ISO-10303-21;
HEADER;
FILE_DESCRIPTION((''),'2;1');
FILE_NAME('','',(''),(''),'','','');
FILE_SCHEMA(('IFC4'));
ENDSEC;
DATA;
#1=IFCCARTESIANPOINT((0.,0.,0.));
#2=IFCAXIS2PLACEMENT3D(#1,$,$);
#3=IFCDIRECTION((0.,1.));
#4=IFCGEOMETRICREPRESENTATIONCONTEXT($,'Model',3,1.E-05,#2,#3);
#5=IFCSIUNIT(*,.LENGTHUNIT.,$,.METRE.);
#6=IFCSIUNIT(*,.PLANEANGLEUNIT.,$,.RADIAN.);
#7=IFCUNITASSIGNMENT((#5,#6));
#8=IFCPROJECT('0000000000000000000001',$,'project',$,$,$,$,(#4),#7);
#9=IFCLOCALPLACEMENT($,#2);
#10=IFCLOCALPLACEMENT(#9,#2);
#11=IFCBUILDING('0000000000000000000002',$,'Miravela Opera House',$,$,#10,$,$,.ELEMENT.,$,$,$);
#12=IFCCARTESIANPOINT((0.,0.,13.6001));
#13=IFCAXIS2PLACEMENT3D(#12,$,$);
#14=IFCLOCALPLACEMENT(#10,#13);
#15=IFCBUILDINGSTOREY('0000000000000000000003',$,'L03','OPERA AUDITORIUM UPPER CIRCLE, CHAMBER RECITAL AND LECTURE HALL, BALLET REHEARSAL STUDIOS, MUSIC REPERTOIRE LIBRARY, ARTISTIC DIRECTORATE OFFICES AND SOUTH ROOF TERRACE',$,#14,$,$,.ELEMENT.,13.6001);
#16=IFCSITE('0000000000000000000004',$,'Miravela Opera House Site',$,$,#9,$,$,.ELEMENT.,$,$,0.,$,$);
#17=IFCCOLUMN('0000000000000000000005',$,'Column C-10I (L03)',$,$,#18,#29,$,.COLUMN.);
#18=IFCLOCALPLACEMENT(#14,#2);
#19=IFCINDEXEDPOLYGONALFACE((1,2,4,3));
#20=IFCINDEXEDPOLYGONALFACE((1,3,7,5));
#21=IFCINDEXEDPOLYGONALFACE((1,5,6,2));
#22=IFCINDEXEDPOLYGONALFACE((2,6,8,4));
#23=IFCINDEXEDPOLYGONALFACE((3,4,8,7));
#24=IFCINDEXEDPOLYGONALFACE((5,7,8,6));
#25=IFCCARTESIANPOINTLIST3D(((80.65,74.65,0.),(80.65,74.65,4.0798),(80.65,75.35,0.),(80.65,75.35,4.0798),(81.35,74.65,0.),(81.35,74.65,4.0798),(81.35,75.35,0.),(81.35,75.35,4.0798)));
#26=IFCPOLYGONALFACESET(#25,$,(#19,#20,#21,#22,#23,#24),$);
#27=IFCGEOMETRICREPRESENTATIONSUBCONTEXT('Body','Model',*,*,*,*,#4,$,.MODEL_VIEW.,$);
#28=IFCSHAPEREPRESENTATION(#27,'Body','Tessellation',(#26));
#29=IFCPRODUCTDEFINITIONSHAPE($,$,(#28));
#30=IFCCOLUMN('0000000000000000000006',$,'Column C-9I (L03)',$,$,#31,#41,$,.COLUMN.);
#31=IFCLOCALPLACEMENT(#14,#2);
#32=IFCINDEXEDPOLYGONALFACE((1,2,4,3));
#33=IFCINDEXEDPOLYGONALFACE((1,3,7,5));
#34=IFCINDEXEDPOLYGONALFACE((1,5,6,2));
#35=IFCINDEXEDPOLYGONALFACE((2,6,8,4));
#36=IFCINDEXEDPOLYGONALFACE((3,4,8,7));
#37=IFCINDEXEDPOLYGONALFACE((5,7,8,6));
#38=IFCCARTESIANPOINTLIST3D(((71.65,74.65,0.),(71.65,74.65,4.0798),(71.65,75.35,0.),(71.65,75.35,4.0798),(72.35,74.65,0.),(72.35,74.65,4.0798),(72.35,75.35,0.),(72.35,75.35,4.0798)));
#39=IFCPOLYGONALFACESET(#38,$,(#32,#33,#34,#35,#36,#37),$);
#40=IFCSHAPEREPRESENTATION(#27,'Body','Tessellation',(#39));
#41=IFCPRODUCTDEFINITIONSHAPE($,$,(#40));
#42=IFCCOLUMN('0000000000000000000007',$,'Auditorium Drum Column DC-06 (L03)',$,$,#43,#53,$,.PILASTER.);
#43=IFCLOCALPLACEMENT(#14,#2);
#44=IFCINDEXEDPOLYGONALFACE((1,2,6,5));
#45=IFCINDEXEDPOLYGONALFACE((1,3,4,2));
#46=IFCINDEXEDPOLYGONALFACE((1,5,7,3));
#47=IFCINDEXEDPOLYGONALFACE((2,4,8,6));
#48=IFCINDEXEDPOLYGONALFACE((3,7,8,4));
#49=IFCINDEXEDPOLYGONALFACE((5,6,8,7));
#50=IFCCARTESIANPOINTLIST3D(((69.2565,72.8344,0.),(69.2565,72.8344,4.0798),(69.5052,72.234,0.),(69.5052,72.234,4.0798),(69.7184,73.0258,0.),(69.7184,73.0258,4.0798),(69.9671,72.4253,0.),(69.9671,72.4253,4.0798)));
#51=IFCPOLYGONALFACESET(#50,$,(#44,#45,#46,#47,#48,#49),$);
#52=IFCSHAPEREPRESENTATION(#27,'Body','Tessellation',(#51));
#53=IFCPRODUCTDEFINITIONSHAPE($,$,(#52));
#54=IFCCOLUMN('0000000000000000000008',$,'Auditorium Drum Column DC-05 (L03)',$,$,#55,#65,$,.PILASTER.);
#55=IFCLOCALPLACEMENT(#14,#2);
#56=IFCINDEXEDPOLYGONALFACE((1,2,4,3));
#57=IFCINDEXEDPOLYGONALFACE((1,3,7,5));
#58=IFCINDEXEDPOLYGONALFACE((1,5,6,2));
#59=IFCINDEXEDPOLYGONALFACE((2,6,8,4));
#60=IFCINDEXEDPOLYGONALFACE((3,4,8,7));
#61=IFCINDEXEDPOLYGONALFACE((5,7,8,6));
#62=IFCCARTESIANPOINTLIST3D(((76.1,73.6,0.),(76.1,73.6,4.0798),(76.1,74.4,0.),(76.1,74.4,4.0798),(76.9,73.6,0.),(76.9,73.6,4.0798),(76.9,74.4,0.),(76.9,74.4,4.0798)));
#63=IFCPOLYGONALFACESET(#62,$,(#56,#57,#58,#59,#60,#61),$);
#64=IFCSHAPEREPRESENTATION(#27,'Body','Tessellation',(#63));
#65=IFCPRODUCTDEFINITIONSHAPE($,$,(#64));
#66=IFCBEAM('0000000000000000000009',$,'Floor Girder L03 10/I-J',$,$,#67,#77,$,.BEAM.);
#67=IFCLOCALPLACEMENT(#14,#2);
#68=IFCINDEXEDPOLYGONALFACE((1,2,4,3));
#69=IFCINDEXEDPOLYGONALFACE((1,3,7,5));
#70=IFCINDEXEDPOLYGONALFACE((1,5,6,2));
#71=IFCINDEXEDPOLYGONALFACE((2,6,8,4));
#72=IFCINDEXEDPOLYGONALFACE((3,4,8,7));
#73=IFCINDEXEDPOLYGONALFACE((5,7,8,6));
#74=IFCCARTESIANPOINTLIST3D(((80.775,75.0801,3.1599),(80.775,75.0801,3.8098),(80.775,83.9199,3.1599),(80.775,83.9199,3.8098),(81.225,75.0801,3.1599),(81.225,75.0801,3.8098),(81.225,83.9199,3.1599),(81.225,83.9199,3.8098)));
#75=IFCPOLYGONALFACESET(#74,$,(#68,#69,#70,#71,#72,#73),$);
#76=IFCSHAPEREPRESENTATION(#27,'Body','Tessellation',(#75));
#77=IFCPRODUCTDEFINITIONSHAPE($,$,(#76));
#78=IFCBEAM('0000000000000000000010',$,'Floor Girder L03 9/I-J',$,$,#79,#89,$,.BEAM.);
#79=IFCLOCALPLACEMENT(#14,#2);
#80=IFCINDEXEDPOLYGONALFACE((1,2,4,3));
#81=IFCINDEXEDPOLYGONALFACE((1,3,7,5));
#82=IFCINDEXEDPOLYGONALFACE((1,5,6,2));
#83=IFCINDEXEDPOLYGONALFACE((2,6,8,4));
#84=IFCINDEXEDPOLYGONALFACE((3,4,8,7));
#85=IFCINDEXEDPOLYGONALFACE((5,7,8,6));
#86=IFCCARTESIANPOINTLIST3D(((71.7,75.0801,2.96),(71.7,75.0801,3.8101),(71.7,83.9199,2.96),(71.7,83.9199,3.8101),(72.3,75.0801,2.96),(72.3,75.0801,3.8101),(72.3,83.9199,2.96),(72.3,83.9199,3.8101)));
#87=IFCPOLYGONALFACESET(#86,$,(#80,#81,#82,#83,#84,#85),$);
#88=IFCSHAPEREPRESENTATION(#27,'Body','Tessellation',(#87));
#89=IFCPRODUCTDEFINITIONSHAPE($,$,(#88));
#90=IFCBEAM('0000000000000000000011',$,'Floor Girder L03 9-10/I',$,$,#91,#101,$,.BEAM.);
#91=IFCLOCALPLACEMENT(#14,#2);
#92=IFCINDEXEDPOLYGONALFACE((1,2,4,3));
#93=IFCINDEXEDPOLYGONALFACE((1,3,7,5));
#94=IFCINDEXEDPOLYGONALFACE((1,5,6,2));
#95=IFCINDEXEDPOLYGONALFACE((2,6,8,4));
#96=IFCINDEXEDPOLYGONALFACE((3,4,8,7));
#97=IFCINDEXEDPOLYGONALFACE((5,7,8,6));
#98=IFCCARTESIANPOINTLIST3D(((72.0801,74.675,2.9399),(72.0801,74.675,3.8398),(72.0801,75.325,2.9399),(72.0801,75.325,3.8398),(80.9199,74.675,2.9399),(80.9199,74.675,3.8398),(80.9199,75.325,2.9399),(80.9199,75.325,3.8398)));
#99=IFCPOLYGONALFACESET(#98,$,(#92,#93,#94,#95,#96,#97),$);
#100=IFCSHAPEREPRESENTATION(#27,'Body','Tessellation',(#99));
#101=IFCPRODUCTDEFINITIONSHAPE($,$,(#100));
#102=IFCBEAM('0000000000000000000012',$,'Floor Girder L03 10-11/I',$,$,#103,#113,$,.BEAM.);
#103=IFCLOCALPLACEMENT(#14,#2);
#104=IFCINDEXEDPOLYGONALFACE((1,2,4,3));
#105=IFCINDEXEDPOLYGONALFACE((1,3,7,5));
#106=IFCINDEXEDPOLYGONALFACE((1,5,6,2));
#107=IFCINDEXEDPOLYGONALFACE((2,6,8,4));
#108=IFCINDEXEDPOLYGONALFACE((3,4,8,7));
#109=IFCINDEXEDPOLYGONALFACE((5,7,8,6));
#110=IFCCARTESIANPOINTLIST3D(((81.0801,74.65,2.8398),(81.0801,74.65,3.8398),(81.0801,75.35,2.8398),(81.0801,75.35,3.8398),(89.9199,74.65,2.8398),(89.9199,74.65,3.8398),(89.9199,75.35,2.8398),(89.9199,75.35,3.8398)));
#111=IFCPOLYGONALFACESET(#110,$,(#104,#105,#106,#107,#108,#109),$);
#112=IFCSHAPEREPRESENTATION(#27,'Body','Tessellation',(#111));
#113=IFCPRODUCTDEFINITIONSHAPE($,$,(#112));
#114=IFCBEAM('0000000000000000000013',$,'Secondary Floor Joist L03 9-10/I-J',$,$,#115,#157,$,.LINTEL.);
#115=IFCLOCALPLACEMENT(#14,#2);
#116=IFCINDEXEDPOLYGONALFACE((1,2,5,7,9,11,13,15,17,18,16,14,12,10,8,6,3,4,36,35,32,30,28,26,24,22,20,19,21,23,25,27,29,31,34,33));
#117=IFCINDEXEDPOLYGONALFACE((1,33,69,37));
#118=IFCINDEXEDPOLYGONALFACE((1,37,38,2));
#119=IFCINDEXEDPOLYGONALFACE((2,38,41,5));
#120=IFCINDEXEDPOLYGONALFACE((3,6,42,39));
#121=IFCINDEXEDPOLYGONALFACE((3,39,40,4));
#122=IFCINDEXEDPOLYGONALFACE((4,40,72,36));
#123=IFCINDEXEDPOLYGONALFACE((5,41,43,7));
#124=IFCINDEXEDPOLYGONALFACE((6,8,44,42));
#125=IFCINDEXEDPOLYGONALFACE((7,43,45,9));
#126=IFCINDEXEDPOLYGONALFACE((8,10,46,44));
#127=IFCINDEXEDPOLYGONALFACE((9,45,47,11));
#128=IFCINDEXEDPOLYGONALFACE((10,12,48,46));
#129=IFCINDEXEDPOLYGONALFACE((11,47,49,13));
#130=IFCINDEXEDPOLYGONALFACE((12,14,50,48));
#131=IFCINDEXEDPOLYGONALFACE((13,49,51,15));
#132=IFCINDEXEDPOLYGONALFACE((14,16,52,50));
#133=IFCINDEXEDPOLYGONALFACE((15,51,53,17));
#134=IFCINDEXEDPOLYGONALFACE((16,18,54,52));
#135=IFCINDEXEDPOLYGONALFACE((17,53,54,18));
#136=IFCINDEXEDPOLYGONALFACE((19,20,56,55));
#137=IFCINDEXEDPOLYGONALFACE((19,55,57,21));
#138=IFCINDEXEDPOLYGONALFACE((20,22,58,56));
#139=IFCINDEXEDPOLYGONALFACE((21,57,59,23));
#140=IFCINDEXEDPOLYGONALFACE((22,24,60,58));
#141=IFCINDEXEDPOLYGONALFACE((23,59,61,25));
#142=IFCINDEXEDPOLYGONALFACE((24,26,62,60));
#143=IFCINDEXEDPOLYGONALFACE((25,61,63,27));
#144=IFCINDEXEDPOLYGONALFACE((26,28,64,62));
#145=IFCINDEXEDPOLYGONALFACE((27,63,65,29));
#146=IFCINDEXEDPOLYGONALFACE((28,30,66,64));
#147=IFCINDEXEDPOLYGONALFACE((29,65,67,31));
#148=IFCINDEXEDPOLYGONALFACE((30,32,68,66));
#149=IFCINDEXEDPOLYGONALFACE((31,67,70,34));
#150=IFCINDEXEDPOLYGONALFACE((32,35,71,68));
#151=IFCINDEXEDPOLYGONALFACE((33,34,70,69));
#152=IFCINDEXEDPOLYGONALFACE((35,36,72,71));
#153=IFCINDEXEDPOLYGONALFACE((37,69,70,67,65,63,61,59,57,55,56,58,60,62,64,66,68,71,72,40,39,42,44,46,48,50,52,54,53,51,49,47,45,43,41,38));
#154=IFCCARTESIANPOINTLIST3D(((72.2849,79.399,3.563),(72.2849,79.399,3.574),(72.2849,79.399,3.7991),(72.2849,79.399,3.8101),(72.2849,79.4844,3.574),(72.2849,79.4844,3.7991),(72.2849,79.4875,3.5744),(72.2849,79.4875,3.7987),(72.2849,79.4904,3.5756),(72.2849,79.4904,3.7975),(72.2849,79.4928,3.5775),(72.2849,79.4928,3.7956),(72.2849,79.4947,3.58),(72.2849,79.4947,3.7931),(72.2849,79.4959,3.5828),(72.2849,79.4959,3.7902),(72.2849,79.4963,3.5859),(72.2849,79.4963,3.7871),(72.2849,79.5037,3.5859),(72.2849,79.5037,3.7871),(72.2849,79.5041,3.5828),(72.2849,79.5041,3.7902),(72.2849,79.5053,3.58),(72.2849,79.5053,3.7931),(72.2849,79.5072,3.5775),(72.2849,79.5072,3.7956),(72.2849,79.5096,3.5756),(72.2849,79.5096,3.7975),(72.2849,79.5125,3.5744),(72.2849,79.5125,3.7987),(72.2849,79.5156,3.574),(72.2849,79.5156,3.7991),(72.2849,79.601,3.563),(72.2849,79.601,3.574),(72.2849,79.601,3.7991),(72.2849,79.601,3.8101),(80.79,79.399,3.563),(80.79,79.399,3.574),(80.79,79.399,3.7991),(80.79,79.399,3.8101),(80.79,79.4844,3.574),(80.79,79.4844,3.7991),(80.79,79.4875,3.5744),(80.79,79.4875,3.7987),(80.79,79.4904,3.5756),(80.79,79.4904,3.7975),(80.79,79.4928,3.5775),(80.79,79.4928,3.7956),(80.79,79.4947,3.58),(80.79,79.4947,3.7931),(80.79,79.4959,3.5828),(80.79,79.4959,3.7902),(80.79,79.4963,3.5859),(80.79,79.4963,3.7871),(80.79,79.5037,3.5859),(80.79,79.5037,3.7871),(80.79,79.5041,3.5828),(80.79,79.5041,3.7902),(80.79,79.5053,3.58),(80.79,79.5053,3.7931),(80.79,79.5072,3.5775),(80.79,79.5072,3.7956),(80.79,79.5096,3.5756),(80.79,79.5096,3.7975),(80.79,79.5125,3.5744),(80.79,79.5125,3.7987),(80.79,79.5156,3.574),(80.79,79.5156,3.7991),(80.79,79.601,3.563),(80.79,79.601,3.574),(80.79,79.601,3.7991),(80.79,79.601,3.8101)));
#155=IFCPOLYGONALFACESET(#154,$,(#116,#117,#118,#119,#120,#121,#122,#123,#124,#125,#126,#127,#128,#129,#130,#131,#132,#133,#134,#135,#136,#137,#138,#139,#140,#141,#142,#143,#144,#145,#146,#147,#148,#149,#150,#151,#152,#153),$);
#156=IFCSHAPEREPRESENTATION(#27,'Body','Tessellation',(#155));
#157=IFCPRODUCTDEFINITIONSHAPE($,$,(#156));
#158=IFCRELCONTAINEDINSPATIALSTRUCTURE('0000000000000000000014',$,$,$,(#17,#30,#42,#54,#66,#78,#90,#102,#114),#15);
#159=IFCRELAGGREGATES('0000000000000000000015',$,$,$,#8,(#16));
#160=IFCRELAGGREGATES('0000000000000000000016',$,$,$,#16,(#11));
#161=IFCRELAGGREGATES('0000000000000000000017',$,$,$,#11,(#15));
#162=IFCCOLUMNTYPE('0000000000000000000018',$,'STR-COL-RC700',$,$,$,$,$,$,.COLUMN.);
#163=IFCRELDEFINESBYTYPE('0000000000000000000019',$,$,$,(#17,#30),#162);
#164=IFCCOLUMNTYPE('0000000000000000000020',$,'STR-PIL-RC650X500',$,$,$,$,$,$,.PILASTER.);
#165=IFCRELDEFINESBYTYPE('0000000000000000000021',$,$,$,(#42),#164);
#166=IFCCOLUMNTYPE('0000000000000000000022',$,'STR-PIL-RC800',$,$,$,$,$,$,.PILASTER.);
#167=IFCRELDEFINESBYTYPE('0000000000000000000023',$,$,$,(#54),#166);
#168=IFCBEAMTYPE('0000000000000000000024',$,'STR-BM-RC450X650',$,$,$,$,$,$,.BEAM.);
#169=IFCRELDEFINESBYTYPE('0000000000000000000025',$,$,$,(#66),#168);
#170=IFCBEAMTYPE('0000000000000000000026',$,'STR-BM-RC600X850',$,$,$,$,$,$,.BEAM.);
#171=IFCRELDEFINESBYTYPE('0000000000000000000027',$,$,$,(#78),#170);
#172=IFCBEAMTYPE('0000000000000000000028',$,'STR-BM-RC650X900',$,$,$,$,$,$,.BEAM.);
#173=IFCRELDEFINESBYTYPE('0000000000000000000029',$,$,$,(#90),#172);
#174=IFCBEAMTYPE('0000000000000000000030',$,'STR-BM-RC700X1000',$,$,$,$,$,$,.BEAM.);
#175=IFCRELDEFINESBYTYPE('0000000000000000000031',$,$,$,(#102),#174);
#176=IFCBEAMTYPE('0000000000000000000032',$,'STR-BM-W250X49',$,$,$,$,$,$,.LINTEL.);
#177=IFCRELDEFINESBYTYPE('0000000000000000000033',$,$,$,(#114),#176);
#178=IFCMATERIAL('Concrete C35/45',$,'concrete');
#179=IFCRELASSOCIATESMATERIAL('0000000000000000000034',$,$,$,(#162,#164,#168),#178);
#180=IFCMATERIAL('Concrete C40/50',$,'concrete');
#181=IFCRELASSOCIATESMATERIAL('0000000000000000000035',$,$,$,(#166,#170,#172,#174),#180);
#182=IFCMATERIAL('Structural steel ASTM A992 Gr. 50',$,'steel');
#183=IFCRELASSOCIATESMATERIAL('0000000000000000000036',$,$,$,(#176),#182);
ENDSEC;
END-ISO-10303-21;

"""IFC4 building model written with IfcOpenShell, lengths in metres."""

from ifc_helpers import new_model, si_unit, direction, frame, origin, origin_2d, place, context, subcontext, project, spatial, rectangle, i_section, extrude, material, material_profile, profile_set, type_object, element, save


model = new_model("IFC4")

# Units and contexts
model_context = context("Model", 3, precision=1e-05, world=origin(), true_north=direction((0.0, 1.0)))
body_context = subcontext(model_context, "Body", "Model", "MODEL_VIEW")
ifc_project = project(units=[si_unit("LENGTHUNIT", "METRE"), si_unit("PLANEANGLEUNIT", "RADIAN")], contexts=[model_context])

# Site, building, storey
site_placement = place(None, origin())
site = spatial("IfcSite", under=ifc_project, at=site_placement, Name="Miravela Opera House Site", CompositionType="ELEMENT", RefElevation=0.0)
building_placement = place(site_placement, origin())
building = spatial("IfcBuilding", under=site, at=building_placement, Name="Miravela Opera House", CompositionType="ELEMENT")
storey_placement = place(building_placement, frame((0.0, 0.0, 13.6001)))
storey = spatial("IfcBuildingStorey", under=building, at=storey_placement, Name="L03", Description="OPERA AUDITORIUM UPPER CIRCLE, CHAMBER RECITAL AND LECTURE HALL, BALLET REHEARSAL STUDIOS, MUSIC REPERTOIRE LIBRARY, ARTISTIC DIRECTORATE OFFICES AND SOUTH ROOF TERRACE", CompositionType="ELEMENT", Elevation=13.6001)

# Columns
ifc_material_1 = material(Name="Concrete C35/45", Category="concrete")
ifc_material_profile_1 = material_profile(ifc_material_1, rectangle(XDim=0.7, YDim=0.7, at=origin_2d()), Name="RC-COL-700X700")
ifc_profile_set_1 = profile_set([ifc_material_profile_1])
column_type_1 = type_object("IfcColumnType", Name="STR-COL-RC700", PredefinedType="COLUMN", material=ifc_profile_set_1)
for number, where, z_axis, x_axis, name in (
    (1, (81.0, 75.0, 0.0), (0.0, 0.0, 1.0), (1.0, 0.0, 0.0), "Column C-10I (L03)"),
    (2, (72.0, 75.0, 0.0), (0.0, 0.0, 1.0), (1.0, 0.0, 0.0), "Column C-9I (L03)"),
):
    element("IfcColumn", number, at=place(storey_placement, frame(where, z_axis=z_axis, x_axis=x_axis)), inside=storey, type_object=column_type_1, Name=name, PredefinedType="COLUMN", context=body_context, shape_type="SweptSolid", body=[
        extrude(rectangle(XDim=0.7, YDim=0.7, at=origin_2d()), origin(), (0.0, 0.0, 1.0), 4.0798),
    ])
ifc_material_profile_2 = material_profile(ifc_material_1, rectangle(XDim=0.6499, YDim=0.5, at=origin_2d()), Name="RC-PIL-650X500")
ifc_profile_set_2 = profile_set([ifc_material_profile_2])
column_type_2 = type_object("IfcColumnType", Name="STR-PIL-RC650X500", PredefinedType="PILASTER", material=ifc_profile_set_2)
column_1_placement = place(storey_placement, frame((69.6118, 72.6299, 0.0), z_axis=(0.0, 0.0, 1.0), x_axis=(-0.382683, 0.92388, 0.0)))
element("IfcColumn", 3, at=column_1_placement, inside=storey, type_object=column_type_2, Name="Auditorium Drum Column DC-06 (L03)", PredefinedType="PILASTER", context=body_context, shape_type="SweptSolid", body=[
    extrude(rectangle(XDim=0.6499, YDim=0.5, at=origin_2d()), origin(), (0.0, 0.0, 1.0), 4.0798),
])
ifc_material_2 = material(Name="Concrete C40/50", Category="concrete")
ifc_material_profile_3 = material_profile(ifc_material_2, rectangle(XDim=0.8, YDim=0.8, at=origin_2d()), Name="RC-COL-800X800")
ifc_profile_set_3 = profile_set([ifc_material_profile_3])
column_type_3 = type_object("IfcColumnType", Name="STR-PIL-RC800", PredefinedType="PILASTER", material=ifc_profile_set_3)
column_2_placement = place(storey_placement, frame((76.5, 74.0, 0.0), z_axis=(0.0, 0.0, 1.0), x_axis=(0.0, 1.0, 0.0)))
element("IfcColumn", 4, at=column_2_placement, inside=storey, type_object=column_type_3, Name="Auditorium Drum Column DC-05 (L03)", PredefinedType="PILASTER", context=body_context, shape_type="SweptSolid", body=[
    extrude(rectangle(XDim=0.8, YDim=0.8, at=origin_2d()), origin(), (0.0, 0.0, 1.0), 4.0798),
])

# Beams
ifc_material_profile_4 = material_profile(ifc_material_1, rectangle(XDim=0.45, YDim=0.6499, at=origin_2d()), Name="RC-BM-450X650")
ifc_profile_set_4 = profile_set([ifc_material_profile_4])
beam_type_1 = type_object("IfcBeamType", Name="STR-BM-RC450X650", PredefinedType="BEAM", material=ifc_profile_set_4)
beam_1_placement = place(storey_placement, frame((81.0, 75.0801, 3.4849), z_axis=(0.0, 1.0, 0.0), x_axis=(-1.0, 0.0, 0.0)))
element("IfcBeam", 5, at=beam_1_placement, inside=storey, type_object=beam_type_1, Name="Floor Girder L03 10/I-J", PredefinedType="BEAM", context=body_context, shape_type="SweptSolid", body=[
    extrude(rectangle(XDim=0.45, YDim=0.6499, at=origin_2d()), origin(), (0.0, 0.0, 1.0), 8.8398),
])
ifc_material_profile_5 = material_profile(ifc_material_2, rectangle(XDim=0.6001, YDim=0.8501, at=origin_2d()), Name="RC-BM-600X850")
ifc_profile_set_5 = profile_set([ifc_material_profile_5])
beam_type_2 = type_object("IfcBeamType", Name="STR-BM-RC600X850", PredefinedType="BEAM", material=ifc_profile_set_5)
beam_2_placement = place(storey_placement, frame((72.0, 75.0801, 3.385), z_axis=(0.0, 1.0, 0.0), x_axis=(-1.0, 0.0, 0.0)))
element("IfcBeam", 6, at=beam_2_placement, inside=storey, type_object=beam_type_2, Name="Floor Girder L03 9/I-J", PredefinedType="BEAM", context=body_context, shape_type="SweptSolid", body=[
    extrude(rectangle(XDim=0.6001, YDim=0.8501, at=origin_2d()), origin(), (0.0, 0.0, 1.0), 8.8398),
])
ifc_material_profile_6 = material_profile(ifc_material_2, rectangle(XDim=0.6499, YDim=0.8999, at=origin_2d()), Name="RC-BM-650X900")
ifc_profile_set_6 = profile_set([ifc_material_profile_6])
beam_type_3 = type_object("IfcBeamType", Name="STR-BM-RC650X900", PredefinedType="BEAM", material=ifc_profile_set_6)
beam_3_placement = place(storey_placement, frame((72.0801, 75.0, 3.3899), z_axis=(1.0, 0.0, 0.0), x_axis=(0.0, 1.0, 0.0)))
element("IfcBeam", 7, at=beam_3_placement, inside=storey, type_object=beam_type_3, Name="Floor Girder L03 9-10/I", PredefinedType="BEAM", context=body_context, shape_type="SweptSolid", body=[
    extrude(rectangle(XDim=0.6499, YDim=0.8999, at=origin_2d()), origin(), (0.0, 0.0, 1.0), 8.8398),
])
ifc_material_profile_7 = material_profile(ifc_material_2, rectangle(XDim=0.7, YDim=1.0, at=origin_2d()), Name="RC-BM-700X1000")
ifc_profile_set_7 = profile_set([ifc_material_profile_7])
beam_type_4 = type_object("IfcBeamType", Name="STR-BM-RC700X1000", PredefinedType="BEAM", material=ifc_profile_set_7)
beam_4_placement = place(storey_placement, frame((81.0801, 75.0, 3.3398), z_axis=(1.0, 0.0, 0.0), x_axis=(0.0, 1.0, 0.0)))
element("IfcBeam", 8, at=beam_4_placement, inside=storey, type_object=beam_type_4, Name="Floor Girder L03 10-11/I", PredefinedType="BEAM", context=body_context, shape_type="SweptSolid", body=[
    extrude(rectangle(XDim=0.7, YDim=1.0, at=origin_2d()), origin(), (0.0, 0.0, 1.0), 8.8398),
])
ifc_material_3 = material(Name="Structural steel ASTM A992 Gr. 50", Category="steel")
ifc_material_profile_8 = material_profile(ifc_material_3, i_section(OverallWidth=0.2019, OverallDepth=0.2471, WebThickness=0.0073, FlangeThickness=0.011, FilletRadius=0.012, at=origin_2d()), Name="W250X49")
ifc_profile_set_8 = profile_set([ifc_material_profile_8])
beam_type_5 = type_object("IfcBeamType", Name="STR-BM-W250X49", PredefinedType="LINTEL", material=ifc_profile_set_8)
beam_5_placement = place(storey_placement, frame((72.2849, 79.5, 3.6865), z_axis=(1.0, 0.0, 0.0), x_axis=(0.0, 1.0, 0.0)))
element("IfcBeam", 9, at=beam_5_placement, inside=storey, type_object=beam_type_5, Name="Secondary Floor Joist L03 9-10/I-J", PredefinedType="LINTEL", context=body_context, shape_type="SweptSolid", body=[
    extrude(i_section(OverallWidth=0.2019, OverallDepth=0.2471, WebThickness=0.0073, FlangeThickness=0.011, FilletRadius=0.012, at=origin_2d()), origin(), (0.0, 0.0, 1.0), 8.5051),
])

save(model, "model.ifc")
